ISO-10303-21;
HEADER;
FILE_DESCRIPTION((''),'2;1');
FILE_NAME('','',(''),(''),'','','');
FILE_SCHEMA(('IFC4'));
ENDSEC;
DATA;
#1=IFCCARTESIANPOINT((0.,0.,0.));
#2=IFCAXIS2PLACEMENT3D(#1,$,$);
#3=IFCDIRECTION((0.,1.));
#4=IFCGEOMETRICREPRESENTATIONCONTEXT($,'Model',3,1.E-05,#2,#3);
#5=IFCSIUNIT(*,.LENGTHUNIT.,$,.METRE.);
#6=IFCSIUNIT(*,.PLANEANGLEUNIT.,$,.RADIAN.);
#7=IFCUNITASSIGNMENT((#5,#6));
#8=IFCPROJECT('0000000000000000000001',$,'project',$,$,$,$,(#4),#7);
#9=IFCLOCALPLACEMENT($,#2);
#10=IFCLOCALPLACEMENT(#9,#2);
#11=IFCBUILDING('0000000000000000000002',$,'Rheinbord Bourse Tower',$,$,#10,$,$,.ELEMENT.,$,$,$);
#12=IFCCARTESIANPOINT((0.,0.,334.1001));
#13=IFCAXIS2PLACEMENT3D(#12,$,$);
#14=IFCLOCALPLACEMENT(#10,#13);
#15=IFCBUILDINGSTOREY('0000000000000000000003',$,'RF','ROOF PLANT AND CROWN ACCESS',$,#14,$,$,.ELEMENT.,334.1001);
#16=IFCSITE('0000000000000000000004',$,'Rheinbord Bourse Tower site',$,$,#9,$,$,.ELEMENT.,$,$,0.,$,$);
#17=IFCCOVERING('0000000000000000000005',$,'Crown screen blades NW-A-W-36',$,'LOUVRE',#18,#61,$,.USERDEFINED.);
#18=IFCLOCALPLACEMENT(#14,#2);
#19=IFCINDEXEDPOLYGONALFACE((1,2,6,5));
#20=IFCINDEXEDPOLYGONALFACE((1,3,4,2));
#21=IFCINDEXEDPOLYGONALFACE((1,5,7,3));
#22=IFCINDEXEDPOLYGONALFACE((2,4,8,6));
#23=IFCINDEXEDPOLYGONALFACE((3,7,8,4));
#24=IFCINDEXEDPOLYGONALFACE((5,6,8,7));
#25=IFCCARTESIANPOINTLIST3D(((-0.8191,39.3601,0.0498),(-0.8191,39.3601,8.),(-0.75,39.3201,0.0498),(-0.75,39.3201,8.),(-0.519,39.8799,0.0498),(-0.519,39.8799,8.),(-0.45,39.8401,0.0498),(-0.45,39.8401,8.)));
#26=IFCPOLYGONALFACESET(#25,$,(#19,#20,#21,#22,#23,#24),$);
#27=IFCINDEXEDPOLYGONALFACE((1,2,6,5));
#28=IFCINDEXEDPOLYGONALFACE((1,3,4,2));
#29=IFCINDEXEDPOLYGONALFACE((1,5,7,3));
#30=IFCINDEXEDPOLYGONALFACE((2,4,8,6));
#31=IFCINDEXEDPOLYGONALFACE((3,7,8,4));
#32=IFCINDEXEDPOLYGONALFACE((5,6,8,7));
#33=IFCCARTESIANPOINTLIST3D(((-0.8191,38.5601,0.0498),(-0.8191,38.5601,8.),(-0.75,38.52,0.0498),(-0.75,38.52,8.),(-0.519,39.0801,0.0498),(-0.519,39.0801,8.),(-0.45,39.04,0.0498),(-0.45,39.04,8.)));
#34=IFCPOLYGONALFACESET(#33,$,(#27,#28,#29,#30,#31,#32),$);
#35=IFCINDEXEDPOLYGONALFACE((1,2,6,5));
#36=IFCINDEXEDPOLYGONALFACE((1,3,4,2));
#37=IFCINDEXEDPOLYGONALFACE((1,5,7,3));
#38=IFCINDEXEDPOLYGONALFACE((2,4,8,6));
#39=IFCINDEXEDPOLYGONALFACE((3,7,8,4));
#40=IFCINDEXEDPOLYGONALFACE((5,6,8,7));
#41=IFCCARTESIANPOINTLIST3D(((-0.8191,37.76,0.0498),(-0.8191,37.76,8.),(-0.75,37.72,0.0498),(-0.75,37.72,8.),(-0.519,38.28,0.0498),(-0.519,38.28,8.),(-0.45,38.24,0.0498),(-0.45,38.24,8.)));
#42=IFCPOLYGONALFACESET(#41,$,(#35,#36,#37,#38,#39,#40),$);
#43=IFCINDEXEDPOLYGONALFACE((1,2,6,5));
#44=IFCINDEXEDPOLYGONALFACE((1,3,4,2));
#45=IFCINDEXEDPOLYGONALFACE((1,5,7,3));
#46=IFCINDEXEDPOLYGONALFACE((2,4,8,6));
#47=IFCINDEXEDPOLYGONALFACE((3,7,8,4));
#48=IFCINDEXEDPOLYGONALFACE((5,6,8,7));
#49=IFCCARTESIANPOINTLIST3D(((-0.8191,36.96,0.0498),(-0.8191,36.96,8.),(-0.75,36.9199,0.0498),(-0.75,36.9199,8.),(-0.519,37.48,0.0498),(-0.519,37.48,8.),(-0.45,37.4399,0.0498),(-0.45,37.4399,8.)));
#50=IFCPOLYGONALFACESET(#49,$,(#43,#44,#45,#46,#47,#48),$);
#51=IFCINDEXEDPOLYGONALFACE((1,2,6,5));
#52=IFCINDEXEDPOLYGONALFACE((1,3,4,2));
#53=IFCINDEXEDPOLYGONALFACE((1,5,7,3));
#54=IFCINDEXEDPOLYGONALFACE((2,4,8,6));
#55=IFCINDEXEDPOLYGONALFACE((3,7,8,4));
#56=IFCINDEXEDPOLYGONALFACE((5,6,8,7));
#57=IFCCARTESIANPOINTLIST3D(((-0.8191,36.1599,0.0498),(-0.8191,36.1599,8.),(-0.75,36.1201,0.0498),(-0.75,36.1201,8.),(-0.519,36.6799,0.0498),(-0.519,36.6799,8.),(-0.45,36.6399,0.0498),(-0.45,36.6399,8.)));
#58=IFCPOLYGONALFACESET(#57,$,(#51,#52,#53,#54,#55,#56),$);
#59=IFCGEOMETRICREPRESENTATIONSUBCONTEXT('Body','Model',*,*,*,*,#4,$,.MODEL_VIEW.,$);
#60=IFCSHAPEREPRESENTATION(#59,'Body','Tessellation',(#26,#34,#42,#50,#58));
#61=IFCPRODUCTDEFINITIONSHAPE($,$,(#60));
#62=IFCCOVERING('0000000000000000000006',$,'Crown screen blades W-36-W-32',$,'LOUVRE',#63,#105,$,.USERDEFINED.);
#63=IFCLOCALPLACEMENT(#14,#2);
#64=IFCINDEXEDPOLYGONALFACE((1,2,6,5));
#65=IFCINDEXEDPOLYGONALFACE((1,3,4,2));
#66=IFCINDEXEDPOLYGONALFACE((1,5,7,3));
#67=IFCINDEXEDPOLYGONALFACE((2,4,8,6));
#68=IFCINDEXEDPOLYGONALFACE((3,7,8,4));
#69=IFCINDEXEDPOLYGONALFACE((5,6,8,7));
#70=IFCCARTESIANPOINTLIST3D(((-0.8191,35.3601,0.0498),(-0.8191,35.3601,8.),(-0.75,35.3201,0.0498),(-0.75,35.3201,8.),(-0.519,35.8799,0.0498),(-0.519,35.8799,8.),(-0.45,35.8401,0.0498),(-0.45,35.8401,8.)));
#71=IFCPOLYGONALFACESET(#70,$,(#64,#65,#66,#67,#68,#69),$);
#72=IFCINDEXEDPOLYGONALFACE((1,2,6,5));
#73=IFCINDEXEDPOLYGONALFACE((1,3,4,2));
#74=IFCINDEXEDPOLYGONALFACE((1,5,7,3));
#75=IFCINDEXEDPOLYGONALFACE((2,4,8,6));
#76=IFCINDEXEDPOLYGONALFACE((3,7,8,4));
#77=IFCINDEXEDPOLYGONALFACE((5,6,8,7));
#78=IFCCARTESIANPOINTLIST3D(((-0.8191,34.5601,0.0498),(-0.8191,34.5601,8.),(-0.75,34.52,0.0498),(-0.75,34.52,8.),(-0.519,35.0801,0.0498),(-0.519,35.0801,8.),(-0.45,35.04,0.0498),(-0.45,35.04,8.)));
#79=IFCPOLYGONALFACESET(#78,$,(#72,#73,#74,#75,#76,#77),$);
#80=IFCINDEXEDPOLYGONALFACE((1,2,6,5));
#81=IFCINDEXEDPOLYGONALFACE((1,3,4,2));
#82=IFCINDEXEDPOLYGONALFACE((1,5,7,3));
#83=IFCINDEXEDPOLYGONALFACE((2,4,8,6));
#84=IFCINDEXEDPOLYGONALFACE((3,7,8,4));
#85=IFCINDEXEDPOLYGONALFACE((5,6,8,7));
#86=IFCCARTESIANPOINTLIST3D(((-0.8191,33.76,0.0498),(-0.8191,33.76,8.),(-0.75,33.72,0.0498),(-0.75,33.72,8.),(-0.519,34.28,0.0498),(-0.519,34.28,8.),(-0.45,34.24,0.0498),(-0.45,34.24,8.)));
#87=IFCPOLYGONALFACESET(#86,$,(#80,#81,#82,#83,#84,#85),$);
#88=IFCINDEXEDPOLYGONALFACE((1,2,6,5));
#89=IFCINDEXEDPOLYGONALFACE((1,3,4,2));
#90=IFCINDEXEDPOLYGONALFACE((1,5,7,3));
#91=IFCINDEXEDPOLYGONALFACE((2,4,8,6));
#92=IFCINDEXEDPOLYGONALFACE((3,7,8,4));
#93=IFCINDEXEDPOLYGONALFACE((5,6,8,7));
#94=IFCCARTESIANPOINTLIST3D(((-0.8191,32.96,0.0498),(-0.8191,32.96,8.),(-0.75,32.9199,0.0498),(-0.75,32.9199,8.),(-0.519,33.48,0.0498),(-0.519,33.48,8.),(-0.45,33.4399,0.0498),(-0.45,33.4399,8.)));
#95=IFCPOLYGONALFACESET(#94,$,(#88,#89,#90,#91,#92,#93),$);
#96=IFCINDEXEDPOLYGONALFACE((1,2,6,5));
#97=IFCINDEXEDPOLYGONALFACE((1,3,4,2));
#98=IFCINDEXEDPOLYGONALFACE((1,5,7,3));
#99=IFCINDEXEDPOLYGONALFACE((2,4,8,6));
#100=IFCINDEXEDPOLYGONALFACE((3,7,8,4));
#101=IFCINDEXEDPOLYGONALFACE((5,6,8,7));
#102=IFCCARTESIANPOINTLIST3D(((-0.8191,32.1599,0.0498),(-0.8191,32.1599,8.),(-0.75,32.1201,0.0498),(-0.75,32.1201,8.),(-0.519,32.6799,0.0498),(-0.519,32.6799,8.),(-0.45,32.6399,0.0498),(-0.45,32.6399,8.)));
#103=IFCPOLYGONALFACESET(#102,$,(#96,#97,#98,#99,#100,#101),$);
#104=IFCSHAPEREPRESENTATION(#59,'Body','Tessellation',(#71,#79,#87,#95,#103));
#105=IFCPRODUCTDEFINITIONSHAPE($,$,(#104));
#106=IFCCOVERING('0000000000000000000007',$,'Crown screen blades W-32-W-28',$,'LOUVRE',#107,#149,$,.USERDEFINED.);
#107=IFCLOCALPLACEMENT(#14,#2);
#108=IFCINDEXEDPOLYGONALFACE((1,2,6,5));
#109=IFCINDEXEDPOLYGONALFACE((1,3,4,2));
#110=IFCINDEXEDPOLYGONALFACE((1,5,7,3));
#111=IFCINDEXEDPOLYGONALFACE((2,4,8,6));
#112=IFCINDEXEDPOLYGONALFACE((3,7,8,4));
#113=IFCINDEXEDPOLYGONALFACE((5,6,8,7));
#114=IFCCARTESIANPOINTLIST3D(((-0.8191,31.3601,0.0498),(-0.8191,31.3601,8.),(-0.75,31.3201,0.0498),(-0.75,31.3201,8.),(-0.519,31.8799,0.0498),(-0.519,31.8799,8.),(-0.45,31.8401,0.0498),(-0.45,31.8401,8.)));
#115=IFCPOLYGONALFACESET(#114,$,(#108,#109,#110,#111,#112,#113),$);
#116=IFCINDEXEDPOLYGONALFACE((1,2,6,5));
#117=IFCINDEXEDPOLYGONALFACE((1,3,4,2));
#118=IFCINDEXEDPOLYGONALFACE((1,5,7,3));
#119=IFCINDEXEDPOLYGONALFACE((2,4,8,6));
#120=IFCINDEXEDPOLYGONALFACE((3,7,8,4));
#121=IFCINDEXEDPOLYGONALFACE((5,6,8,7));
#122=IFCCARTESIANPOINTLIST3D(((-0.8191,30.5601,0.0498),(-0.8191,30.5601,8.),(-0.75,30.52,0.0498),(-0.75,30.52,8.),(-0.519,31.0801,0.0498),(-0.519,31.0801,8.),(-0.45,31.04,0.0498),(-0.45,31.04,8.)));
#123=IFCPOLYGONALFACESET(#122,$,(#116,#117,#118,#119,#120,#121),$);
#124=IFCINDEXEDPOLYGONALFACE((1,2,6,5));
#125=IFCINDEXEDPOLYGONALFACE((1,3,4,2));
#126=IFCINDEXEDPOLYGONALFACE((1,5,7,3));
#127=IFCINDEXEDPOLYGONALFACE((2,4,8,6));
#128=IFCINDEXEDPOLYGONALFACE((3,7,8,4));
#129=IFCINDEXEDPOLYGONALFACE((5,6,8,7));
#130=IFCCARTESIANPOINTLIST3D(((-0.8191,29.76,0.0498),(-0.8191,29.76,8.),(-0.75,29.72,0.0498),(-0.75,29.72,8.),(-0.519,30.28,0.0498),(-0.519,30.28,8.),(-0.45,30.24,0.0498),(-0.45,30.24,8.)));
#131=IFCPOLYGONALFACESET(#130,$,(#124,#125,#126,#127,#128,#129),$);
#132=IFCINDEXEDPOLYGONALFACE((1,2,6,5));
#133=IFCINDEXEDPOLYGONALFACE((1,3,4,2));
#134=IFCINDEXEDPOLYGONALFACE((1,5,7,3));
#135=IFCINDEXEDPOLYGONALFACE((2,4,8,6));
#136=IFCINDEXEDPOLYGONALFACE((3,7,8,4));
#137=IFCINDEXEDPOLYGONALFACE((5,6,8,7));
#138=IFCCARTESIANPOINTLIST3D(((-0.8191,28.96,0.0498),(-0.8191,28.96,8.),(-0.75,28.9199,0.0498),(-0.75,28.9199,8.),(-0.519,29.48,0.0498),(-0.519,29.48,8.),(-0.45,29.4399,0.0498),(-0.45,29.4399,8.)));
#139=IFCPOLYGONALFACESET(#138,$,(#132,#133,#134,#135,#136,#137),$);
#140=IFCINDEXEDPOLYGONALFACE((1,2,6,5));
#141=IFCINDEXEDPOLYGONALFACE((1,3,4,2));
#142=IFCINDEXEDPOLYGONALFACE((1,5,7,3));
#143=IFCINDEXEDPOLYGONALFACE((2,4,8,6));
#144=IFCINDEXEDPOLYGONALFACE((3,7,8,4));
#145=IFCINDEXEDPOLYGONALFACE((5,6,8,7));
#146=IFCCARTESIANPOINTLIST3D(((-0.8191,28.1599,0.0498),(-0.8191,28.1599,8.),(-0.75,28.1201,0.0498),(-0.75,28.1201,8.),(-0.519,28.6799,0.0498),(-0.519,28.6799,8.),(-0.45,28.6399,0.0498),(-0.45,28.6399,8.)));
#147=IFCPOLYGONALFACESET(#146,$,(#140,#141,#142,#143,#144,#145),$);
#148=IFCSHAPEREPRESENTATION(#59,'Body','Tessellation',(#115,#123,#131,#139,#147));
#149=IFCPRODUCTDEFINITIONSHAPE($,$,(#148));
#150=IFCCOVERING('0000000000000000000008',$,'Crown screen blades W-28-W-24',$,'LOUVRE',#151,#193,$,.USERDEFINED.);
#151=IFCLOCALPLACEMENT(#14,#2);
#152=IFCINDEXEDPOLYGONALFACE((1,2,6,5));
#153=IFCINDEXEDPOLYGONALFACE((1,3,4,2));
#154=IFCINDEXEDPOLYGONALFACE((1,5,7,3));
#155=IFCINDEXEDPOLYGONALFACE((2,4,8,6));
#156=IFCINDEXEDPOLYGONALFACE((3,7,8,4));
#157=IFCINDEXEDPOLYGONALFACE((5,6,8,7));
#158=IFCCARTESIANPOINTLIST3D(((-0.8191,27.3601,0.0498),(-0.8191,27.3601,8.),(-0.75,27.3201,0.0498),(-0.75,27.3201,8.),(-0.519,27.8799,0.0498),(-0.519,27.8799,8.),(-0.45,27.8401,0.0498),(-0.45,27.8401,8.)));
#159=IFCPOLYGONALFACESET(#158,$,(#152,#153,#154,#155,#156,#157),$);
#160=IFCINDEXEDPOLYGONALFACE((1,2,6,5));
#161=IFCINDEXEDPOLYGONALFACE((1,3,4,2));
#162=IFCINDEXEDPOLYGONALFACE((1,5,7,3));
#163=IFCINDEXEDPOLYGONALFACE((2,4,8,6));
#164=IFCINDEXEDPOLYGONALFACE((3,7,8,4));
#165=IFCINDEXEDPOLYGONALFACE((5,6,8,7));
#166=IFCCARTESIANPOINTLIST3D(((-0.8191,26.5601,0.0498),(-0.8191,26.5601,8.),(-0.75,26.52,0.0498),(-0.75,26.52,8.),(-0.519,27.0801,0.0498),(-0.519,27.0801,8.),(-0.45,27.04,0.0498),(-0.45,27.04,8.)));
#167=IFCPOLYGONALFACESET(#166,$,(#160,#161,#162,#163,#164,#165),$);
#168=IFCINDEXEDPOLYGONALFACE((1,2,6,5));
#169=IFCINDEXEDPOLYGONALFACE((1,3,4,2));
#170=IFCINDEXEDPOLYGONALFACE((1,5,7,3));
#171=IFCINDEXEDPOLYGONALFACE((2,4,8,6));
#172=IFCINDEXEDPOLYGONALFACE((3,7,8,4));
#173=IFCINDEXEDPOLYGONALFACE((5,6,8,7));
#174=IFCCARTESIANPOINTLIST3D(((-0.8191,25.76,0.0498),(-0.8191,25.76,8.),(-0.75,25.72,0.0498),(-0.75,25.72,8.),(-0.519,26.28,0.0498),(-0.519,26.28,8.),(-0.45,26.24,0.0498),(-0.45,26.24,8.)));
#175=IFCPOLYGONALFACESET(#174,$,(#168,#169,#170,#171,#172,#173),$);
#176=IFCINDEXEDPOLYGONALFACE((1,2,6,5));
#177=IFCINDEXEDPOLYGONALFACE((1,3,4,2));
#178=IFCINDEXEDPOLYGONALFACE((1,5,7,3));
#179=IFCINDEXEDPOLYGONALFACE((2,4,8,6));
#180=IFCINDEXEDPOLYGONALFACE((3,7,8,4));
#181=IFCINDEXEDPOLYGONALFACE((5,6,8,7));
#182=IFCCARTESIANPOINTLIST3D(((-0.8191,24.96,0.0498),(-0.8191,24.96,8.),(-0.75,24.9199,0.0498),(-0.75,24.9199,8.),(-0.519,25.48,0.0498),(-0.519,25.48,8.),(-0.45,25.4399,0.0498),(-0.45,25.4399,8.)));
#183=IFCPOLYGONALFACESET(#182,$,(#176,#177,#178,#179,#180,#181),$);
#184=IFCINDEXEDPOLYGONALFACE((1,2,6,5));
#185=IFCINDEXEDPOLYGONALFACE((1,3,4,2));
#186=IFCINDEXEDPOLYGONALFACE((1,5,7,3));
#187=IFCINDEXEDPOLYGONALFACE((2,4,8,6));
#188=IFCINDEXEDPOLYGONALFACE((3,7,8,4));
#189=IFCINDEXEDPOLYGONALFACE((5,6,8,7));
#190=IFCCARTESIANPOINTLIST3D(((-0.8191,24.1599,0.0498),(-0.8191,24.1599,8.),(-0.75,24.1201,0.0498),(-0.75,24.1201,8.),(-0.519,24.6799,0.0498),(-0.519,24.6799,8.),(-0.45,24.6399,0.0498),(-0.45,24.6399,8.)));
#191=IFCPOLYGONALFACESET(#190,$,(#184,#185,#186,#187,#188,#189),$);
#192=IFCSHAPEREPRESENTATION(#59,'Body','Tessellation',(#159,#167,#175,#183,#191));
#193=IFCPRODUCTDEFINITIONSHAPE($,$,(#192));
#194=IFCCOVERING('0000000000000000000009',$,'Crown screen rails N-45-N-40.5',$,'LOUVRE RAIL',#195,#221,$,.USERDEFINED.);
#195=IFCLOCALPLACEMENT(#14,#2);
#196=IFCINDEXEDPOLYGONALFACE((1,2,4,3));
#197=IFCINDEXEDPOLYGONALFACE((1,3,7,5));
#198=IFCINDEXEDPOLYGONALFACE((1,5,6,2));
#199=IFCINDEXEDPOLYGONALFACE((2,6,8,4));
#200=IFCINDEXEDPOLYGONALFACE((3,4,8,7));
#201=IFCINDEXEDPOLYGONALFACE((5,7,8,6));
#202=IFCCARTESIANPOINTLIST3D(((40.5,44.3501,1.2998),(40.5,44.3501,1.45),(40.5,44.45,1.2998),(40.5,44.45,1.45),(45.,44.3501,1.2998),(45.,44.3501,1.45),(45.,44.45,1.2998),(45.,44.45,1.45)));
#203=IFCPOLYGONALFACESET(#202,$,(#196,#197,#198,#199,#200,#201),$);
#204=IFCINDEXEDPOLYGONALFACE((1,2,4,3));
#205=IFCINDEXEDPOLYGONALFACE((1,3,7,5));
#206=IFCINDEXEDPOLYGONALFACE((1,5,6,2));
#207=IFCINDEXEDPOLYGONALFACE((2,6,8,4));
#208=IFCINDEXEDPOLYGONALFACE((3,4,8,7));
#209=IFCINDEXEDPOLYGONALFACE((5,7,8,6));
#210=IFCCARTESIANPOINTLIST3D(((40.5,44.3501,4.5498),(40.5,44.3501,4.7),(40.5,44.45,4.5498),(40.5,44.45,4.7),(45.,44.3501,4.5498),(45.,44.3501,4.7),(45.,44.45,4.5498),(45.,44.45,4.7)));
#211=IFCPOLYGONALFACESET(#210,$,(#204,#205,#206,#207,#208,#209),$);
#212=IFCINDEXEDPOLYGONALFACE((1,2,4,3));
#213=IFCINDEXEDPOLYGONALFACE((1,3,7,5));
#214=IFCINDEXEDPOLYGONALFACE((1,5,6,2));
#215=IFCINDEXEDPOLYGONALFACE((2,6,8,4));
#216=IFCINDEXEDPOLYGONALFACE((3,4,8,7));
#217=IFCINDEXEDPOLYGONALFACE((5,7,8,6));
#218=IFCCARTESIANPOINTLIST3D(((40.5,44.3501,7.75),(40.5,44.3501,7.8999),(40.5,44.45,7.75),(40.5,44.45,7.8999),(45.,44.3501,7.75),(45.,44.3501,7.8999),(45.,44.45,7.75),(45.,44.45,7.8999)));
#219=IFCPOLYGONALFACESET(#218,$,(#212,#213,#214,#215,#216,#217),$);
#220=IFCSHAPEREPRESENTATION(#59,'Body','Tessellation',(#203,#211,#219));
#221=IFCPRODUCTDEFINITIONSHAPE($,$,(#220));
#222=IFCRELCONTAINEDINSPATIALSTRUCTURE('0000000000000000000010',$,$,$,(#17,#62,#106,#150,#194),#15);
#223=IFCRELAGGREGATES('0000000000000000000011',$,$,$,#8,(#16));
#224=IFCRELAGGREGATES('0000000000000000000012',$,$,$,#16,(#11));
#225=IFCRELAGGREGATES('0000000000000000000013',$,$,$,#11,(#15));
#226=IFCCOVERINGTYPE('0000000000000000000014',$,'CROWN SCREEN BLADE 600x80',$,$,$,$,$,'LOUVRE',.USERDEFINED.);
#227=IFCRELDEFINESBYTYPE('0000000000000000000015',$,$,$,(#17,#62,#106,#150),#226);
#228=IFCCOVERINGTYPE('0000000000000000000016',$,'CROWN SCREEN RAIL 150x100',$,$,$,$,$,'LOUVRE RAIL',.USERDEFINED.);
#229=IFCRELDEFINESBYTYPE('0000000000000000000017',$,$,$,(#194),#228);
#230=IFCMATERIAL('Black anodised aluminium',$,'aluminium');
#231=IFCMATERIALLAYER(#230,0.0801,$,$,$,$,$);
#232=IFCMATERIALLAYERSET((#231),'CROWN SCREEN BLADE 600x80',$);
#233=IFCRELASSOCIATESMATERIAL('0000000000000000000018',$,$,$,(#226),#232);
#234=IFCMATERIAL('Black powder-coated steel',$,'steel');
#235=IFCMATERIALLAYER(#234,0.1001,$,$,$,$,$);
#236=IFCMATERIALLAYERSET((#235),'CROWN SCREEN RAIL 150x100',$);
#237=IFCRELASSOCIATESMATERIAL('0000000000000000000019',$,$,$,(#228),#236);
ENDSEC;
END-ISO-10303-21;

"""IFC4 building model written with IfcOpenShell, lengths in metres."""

from ifc_helpers import new_model, si_unit, direction, frame, origin, place, context, subcontext, project, spatial, polyline, outline, extrude, material, layer, layer_set, type_object, element, save


model = new_model("IFC4")

# Units and contexts
model_context = context("Model", 3, precision=1e-05, world=origin(), true_north=direction((0.0, 1.0)))
body_context = subcontext(model_context, "Body", "Model", "MODEL_VIEW")
ifc_project = project(units=[si_unit("LENGTHUNIT", "METRE"), si_unit("PLANEANGLEUNIT", "RADIAN")], contexts=[model_context])

# Site, building, storey
site_placement = place(None, origin())
site = spatial("IfcSite", under=ifc_project, at=site_placement, Name="Rheinbord Bourse Tower site", CompositionType="ELEMENT", RefElevation=0.0)
building_placement = place(site_placement, origin())
building = spatial("IfcBuilding", under=site, at=building_placement, Name="Rheinbord Bourse Tower", CompositionType="ELEMENT")
storey_placement = place(building_placement, frame((0.0, 0.0, 334.1001)))
storey = spatial("IfcBuildingStorey", under=building, at=storey_placement, Name="RF", Description="ROOF PLANT AND CROWN ACCESS", CompositionType="ELEMENT", Elevation=334.1001)

# Coverings
ifc_material_1 = material(Name="Black anodised aluminium", Category="aluminium")
ifc_layer_1 = layer(ifc_material_1, 0.0801)
ifc_layer_set_1 = layer_set([ifc_layer_1], Name="CROWN SCREEN BLADE 600x80")
covering_type_1 = type_object("IfcCoveringType", Name="CROWN SCREEN BLADE 600x80", ElementType="LOUVRE", PredefinedType="USERDEFINED", material=ifc_layer_set_1)
covering_1_placement = place(storey_placement, frame((0.0, 0.0, 0.0498)))
element("IfcCovering", 1, at=covering_1_placement, inside=storey, type_object=covering_type_1, Name="Crown screen blades NW-A-W-36", ObjectType="LOUVRE", PredefinedType="USERDEFINED", context=body_context, shape_type="SweptSolid", body=[
    extrude(outline(polyline([(-0.45, 39.8401), (-0.75, 39.3201), (-0.8191, 39.3601), (-0.519, 39.8799), (-0.45, 39.8401)])), origin(), (0.0, 0.0, 1.0), 7.9502),
    extrude(outline(polyline([(-0.45, 39.04), (-0.75, 38.52), (-0.8191, 38.5601), (-0.519, 39.0801), (-0.45, 39.04)])), origin(), (0.0, 0.0, 1.0), 7.9502),
    extrude(outline(polyline([(-0.45, 38.24), (-0.75, 37.72), (-0.8191, 37.76), (-0.519, 38.28), (-0.45, 38.24)])), origin(), (0.0, 0.0, 1.0), 7.9502),
    extrude(outline(polyline([(-0.45, 37.4399), (-0.75, 36.9199), (-0.8191, 36.96), (-0.519, 37.48), (-0.45, 37.4399)])), origin(), (0.0, 0.0, 1.0), 7.9502),
    extrude(outline(polyline([(-0.45, 36.6399), (-0.75, 36.1201), (-0.8191, 36.1599), (-0.519, 36.6799), (-0.45, 36.6399)])), origin(), (0.0, 0.0, 1.0), 7.9502),
])
covering_2_placement = place(storey_placement, frame((0.0, 0.0, 0.0498)))
element("IfcCovering", 2, at=covering_2_placement, inside=storey, type_object=covering_type_1, Name="Crown screen blades W-36-W-32", ObjectType="LOUVRE", PredefinedType="USERDEFINED", context=body_context, shape_type="SweptSolid", body=[
    extrude(outline(polyline([(-0.45, 35.8401), (-0.75, 35.3201), (-0.8191, 35.3601), (-0.519, 35.8799), (-0.45, 35.8401)])), origin(), (0.0, 0.0, 1.0), 7.9502),
    extrude(outline(polyline([(-0.45, 35.04), (-0.75, 34.52), (-0.8191, 34.5601), (-0.519, 35.0801), (-0.45, 35.04)])), origin(), (0.0, 0.0, 1.0), 7.9502),
    extrude(outline(polyline([(-0.45, 34.24), (-0.75, 33.72), (-0.8191, 33.76), (-0.519, 34.28), (-0.45, 34.24)])), origin(), (0.0, 0.0, 1.0), 7.9502),
    extrude(outline(polyline([(-0.45, 33.4399), (-0.75, 32.9199), (-0.8191, 32.96), (-0.519, 33.48), (-0.45, 33.4399)])), origin(), (0.0, 0.0, 1.0), 7.9502),
    extrude(outline(polyline([(-0.45, 32.6399), (-0.75, 32.1201), (-0.8191, 32.1599), (-0.519, 32.6799), (-0.45, 32.6399)])), origin(), (0.0, 0.0, 1.0), 7.9502),
])
covering_3_placement = place(storey_placement, frame((0.0, 0.0, 0.0498)))
element("IfcCovering", 3, at=covering_3_placement, inside=storey, type_object=covering_type_1, Name="Crown screen blades W-32-W-28", ObjectType="LOUVRE", PredefinedType="USERDEFINED", context=body_context, shape_type="SweptSolid", body=[
    extrude(outline(polyline([(-0.45, 31.8401), (-0.75, 31.3201), (-0.8191, 31.3601), (-0.519, 31.8799), (-0.45, 31.8401)])), origin(), (0.0, 0.0, 1.0), 7.9502),
    extrude(outline(polyline([(-0.45, 31.04), (-0.75, 30.52), (-0.8191, 30.5601), (-0.519, 31.0801), (-0.45, 31.04)])), origin(), (0.0, 0.0, 1.0), 7.9502),
    extrude(outline(polyline([(-0.45, 30.24), (-0.75, 29.72), (-0.8191, 29.76), (-0.519, 30.28), (-0.45, 30.24)])), origin(), (0.0, 0.0, 1.0), 7.9502),
    extrude(outline(polyline([(-0.45, 29.4399), (-0.75, 28.9199), (-0.8191, 28.96), (-0.519, 29.48), (-0.45, 29.4399)])), origin(), (0.0, 0.0, 1.0), 7.9502),
    extrude(outline(polyline([(-0.45, 28.6399), (-0.75, 28.1201), (-0.8191, 28.1599), (-0.519, 28.6799), (-0.45, 28.6399)])), origin(), (0.0, 0.0, 1.0), 7.9502),
])
covering_4_placement = place(storey_placement, frame((0.0, 0.0, 0.0498)))
element("IfcCovering", 4, at=covering_4_placement, inside=storey, type_object=covering_type_1, Name="Crown screen blades W-28-W-24", ObjectType="LOUVRE", PredefinedType="USERDEFINED", context=body_context, shape_type="SweptSolid", body=[
    extrude(outline(polyline([(-0.45, 27.8401), (-0.75, 27.3201), (-0.8191, 27.3601), (-0.519, 27.8799), (-0.45, 27.8401)])), origin(), (0.0, 0.0, 1.0), 7.9502),
    extrude(outline(polyline([(-0.45, 27.04), (-0.75, 26.52), (-0.8191, 26.5601), (-0.519, 27.0801), (-0.45, 27.04)])), origin(), (0.0, 0.0, 1.0), 7.9502),
    extrude(outline(polyline([(-0.45, 26.24), (-0.75, 25.72), (-0.8191, 25.76), (-0.519, 26.28), (-0.45, 26.24)])), origin(), (0.0, 0.0, 1.0), 7.9502),
    extrude(outline(polyline([(-0.45, 25.4399), (-0.75, 24.9199), (-0.8191, 24.96), (-0.519, 25.48), (-0.45, 25.4399)])), origin(), (0.0, 0.0, 1.0), 7.9502),
    extrude(outline(polyline([(-0.45, 24.6399), (-0.75, 24.1201), (-0.8191, 24.1599), (-0.519, 24.6799), (-0.45, 24.6399)])), origin(), (0.0, 0.0, 1.0), 7.9502),
])
ifc_material_2 = material(Name="Black powder-coated steel", Category="steel")
ifc_layer_2 = layer(ifc_material_2, 0.1001)
ifc_layer_set_2 = layer_set([ifc_layer_2], Name="CROWN SCREEN RAIL 150x100")
covering_type_2 = type_object("IfcCoveringType", Name="CROWN SCREEN RAIL 150x100", ElementType="LOUVRE RAIL", PredefinedType="USERDEFINED", material=ifc_layer_set_2)
covering_5_placement = place(storey_placement, frame((0.0, 0.0, 1.2998)))
element("IfcCovering", 5, at=covering_5_placement, inside=storey, type_object=covering_type_2, Name="Crown screen rails N-45-N-40.5", ObjectType="LOUVRE RAIL", PredefinedType="USERDEFINED", context=body_context, shape_type="SweptSolid", body=[
    extrude(outline(polyline([(45.0, 44.3501), (40.5, 44.3501), (40.5, 44.45), (45.0, 44.45), (45.0, 44.3501)])), origin(), (0.0, 0.0, 1.0), 0.1501),
    extrude(outline(polyline([(45.0, 44.3501), (40.5, 44.3501), (40.5, 44.45), (45.0, 44.45), (45.0, 44.3501)])), frame((0.0, 0.0, 3.25)), (0.0, 0.0, 1.0), 0.1501),
    extrude(outline(polyline([(45.0, 44.3501), (40.5, 44.3501), (40.5, 44.45), (45.0, 44.45), (45.0, 44.3501)])), frame((0.0, 0.0, 6.4502)), (0.0, 0.0, 1.0), 0.1499),
])

save(model, "model.ifc")
